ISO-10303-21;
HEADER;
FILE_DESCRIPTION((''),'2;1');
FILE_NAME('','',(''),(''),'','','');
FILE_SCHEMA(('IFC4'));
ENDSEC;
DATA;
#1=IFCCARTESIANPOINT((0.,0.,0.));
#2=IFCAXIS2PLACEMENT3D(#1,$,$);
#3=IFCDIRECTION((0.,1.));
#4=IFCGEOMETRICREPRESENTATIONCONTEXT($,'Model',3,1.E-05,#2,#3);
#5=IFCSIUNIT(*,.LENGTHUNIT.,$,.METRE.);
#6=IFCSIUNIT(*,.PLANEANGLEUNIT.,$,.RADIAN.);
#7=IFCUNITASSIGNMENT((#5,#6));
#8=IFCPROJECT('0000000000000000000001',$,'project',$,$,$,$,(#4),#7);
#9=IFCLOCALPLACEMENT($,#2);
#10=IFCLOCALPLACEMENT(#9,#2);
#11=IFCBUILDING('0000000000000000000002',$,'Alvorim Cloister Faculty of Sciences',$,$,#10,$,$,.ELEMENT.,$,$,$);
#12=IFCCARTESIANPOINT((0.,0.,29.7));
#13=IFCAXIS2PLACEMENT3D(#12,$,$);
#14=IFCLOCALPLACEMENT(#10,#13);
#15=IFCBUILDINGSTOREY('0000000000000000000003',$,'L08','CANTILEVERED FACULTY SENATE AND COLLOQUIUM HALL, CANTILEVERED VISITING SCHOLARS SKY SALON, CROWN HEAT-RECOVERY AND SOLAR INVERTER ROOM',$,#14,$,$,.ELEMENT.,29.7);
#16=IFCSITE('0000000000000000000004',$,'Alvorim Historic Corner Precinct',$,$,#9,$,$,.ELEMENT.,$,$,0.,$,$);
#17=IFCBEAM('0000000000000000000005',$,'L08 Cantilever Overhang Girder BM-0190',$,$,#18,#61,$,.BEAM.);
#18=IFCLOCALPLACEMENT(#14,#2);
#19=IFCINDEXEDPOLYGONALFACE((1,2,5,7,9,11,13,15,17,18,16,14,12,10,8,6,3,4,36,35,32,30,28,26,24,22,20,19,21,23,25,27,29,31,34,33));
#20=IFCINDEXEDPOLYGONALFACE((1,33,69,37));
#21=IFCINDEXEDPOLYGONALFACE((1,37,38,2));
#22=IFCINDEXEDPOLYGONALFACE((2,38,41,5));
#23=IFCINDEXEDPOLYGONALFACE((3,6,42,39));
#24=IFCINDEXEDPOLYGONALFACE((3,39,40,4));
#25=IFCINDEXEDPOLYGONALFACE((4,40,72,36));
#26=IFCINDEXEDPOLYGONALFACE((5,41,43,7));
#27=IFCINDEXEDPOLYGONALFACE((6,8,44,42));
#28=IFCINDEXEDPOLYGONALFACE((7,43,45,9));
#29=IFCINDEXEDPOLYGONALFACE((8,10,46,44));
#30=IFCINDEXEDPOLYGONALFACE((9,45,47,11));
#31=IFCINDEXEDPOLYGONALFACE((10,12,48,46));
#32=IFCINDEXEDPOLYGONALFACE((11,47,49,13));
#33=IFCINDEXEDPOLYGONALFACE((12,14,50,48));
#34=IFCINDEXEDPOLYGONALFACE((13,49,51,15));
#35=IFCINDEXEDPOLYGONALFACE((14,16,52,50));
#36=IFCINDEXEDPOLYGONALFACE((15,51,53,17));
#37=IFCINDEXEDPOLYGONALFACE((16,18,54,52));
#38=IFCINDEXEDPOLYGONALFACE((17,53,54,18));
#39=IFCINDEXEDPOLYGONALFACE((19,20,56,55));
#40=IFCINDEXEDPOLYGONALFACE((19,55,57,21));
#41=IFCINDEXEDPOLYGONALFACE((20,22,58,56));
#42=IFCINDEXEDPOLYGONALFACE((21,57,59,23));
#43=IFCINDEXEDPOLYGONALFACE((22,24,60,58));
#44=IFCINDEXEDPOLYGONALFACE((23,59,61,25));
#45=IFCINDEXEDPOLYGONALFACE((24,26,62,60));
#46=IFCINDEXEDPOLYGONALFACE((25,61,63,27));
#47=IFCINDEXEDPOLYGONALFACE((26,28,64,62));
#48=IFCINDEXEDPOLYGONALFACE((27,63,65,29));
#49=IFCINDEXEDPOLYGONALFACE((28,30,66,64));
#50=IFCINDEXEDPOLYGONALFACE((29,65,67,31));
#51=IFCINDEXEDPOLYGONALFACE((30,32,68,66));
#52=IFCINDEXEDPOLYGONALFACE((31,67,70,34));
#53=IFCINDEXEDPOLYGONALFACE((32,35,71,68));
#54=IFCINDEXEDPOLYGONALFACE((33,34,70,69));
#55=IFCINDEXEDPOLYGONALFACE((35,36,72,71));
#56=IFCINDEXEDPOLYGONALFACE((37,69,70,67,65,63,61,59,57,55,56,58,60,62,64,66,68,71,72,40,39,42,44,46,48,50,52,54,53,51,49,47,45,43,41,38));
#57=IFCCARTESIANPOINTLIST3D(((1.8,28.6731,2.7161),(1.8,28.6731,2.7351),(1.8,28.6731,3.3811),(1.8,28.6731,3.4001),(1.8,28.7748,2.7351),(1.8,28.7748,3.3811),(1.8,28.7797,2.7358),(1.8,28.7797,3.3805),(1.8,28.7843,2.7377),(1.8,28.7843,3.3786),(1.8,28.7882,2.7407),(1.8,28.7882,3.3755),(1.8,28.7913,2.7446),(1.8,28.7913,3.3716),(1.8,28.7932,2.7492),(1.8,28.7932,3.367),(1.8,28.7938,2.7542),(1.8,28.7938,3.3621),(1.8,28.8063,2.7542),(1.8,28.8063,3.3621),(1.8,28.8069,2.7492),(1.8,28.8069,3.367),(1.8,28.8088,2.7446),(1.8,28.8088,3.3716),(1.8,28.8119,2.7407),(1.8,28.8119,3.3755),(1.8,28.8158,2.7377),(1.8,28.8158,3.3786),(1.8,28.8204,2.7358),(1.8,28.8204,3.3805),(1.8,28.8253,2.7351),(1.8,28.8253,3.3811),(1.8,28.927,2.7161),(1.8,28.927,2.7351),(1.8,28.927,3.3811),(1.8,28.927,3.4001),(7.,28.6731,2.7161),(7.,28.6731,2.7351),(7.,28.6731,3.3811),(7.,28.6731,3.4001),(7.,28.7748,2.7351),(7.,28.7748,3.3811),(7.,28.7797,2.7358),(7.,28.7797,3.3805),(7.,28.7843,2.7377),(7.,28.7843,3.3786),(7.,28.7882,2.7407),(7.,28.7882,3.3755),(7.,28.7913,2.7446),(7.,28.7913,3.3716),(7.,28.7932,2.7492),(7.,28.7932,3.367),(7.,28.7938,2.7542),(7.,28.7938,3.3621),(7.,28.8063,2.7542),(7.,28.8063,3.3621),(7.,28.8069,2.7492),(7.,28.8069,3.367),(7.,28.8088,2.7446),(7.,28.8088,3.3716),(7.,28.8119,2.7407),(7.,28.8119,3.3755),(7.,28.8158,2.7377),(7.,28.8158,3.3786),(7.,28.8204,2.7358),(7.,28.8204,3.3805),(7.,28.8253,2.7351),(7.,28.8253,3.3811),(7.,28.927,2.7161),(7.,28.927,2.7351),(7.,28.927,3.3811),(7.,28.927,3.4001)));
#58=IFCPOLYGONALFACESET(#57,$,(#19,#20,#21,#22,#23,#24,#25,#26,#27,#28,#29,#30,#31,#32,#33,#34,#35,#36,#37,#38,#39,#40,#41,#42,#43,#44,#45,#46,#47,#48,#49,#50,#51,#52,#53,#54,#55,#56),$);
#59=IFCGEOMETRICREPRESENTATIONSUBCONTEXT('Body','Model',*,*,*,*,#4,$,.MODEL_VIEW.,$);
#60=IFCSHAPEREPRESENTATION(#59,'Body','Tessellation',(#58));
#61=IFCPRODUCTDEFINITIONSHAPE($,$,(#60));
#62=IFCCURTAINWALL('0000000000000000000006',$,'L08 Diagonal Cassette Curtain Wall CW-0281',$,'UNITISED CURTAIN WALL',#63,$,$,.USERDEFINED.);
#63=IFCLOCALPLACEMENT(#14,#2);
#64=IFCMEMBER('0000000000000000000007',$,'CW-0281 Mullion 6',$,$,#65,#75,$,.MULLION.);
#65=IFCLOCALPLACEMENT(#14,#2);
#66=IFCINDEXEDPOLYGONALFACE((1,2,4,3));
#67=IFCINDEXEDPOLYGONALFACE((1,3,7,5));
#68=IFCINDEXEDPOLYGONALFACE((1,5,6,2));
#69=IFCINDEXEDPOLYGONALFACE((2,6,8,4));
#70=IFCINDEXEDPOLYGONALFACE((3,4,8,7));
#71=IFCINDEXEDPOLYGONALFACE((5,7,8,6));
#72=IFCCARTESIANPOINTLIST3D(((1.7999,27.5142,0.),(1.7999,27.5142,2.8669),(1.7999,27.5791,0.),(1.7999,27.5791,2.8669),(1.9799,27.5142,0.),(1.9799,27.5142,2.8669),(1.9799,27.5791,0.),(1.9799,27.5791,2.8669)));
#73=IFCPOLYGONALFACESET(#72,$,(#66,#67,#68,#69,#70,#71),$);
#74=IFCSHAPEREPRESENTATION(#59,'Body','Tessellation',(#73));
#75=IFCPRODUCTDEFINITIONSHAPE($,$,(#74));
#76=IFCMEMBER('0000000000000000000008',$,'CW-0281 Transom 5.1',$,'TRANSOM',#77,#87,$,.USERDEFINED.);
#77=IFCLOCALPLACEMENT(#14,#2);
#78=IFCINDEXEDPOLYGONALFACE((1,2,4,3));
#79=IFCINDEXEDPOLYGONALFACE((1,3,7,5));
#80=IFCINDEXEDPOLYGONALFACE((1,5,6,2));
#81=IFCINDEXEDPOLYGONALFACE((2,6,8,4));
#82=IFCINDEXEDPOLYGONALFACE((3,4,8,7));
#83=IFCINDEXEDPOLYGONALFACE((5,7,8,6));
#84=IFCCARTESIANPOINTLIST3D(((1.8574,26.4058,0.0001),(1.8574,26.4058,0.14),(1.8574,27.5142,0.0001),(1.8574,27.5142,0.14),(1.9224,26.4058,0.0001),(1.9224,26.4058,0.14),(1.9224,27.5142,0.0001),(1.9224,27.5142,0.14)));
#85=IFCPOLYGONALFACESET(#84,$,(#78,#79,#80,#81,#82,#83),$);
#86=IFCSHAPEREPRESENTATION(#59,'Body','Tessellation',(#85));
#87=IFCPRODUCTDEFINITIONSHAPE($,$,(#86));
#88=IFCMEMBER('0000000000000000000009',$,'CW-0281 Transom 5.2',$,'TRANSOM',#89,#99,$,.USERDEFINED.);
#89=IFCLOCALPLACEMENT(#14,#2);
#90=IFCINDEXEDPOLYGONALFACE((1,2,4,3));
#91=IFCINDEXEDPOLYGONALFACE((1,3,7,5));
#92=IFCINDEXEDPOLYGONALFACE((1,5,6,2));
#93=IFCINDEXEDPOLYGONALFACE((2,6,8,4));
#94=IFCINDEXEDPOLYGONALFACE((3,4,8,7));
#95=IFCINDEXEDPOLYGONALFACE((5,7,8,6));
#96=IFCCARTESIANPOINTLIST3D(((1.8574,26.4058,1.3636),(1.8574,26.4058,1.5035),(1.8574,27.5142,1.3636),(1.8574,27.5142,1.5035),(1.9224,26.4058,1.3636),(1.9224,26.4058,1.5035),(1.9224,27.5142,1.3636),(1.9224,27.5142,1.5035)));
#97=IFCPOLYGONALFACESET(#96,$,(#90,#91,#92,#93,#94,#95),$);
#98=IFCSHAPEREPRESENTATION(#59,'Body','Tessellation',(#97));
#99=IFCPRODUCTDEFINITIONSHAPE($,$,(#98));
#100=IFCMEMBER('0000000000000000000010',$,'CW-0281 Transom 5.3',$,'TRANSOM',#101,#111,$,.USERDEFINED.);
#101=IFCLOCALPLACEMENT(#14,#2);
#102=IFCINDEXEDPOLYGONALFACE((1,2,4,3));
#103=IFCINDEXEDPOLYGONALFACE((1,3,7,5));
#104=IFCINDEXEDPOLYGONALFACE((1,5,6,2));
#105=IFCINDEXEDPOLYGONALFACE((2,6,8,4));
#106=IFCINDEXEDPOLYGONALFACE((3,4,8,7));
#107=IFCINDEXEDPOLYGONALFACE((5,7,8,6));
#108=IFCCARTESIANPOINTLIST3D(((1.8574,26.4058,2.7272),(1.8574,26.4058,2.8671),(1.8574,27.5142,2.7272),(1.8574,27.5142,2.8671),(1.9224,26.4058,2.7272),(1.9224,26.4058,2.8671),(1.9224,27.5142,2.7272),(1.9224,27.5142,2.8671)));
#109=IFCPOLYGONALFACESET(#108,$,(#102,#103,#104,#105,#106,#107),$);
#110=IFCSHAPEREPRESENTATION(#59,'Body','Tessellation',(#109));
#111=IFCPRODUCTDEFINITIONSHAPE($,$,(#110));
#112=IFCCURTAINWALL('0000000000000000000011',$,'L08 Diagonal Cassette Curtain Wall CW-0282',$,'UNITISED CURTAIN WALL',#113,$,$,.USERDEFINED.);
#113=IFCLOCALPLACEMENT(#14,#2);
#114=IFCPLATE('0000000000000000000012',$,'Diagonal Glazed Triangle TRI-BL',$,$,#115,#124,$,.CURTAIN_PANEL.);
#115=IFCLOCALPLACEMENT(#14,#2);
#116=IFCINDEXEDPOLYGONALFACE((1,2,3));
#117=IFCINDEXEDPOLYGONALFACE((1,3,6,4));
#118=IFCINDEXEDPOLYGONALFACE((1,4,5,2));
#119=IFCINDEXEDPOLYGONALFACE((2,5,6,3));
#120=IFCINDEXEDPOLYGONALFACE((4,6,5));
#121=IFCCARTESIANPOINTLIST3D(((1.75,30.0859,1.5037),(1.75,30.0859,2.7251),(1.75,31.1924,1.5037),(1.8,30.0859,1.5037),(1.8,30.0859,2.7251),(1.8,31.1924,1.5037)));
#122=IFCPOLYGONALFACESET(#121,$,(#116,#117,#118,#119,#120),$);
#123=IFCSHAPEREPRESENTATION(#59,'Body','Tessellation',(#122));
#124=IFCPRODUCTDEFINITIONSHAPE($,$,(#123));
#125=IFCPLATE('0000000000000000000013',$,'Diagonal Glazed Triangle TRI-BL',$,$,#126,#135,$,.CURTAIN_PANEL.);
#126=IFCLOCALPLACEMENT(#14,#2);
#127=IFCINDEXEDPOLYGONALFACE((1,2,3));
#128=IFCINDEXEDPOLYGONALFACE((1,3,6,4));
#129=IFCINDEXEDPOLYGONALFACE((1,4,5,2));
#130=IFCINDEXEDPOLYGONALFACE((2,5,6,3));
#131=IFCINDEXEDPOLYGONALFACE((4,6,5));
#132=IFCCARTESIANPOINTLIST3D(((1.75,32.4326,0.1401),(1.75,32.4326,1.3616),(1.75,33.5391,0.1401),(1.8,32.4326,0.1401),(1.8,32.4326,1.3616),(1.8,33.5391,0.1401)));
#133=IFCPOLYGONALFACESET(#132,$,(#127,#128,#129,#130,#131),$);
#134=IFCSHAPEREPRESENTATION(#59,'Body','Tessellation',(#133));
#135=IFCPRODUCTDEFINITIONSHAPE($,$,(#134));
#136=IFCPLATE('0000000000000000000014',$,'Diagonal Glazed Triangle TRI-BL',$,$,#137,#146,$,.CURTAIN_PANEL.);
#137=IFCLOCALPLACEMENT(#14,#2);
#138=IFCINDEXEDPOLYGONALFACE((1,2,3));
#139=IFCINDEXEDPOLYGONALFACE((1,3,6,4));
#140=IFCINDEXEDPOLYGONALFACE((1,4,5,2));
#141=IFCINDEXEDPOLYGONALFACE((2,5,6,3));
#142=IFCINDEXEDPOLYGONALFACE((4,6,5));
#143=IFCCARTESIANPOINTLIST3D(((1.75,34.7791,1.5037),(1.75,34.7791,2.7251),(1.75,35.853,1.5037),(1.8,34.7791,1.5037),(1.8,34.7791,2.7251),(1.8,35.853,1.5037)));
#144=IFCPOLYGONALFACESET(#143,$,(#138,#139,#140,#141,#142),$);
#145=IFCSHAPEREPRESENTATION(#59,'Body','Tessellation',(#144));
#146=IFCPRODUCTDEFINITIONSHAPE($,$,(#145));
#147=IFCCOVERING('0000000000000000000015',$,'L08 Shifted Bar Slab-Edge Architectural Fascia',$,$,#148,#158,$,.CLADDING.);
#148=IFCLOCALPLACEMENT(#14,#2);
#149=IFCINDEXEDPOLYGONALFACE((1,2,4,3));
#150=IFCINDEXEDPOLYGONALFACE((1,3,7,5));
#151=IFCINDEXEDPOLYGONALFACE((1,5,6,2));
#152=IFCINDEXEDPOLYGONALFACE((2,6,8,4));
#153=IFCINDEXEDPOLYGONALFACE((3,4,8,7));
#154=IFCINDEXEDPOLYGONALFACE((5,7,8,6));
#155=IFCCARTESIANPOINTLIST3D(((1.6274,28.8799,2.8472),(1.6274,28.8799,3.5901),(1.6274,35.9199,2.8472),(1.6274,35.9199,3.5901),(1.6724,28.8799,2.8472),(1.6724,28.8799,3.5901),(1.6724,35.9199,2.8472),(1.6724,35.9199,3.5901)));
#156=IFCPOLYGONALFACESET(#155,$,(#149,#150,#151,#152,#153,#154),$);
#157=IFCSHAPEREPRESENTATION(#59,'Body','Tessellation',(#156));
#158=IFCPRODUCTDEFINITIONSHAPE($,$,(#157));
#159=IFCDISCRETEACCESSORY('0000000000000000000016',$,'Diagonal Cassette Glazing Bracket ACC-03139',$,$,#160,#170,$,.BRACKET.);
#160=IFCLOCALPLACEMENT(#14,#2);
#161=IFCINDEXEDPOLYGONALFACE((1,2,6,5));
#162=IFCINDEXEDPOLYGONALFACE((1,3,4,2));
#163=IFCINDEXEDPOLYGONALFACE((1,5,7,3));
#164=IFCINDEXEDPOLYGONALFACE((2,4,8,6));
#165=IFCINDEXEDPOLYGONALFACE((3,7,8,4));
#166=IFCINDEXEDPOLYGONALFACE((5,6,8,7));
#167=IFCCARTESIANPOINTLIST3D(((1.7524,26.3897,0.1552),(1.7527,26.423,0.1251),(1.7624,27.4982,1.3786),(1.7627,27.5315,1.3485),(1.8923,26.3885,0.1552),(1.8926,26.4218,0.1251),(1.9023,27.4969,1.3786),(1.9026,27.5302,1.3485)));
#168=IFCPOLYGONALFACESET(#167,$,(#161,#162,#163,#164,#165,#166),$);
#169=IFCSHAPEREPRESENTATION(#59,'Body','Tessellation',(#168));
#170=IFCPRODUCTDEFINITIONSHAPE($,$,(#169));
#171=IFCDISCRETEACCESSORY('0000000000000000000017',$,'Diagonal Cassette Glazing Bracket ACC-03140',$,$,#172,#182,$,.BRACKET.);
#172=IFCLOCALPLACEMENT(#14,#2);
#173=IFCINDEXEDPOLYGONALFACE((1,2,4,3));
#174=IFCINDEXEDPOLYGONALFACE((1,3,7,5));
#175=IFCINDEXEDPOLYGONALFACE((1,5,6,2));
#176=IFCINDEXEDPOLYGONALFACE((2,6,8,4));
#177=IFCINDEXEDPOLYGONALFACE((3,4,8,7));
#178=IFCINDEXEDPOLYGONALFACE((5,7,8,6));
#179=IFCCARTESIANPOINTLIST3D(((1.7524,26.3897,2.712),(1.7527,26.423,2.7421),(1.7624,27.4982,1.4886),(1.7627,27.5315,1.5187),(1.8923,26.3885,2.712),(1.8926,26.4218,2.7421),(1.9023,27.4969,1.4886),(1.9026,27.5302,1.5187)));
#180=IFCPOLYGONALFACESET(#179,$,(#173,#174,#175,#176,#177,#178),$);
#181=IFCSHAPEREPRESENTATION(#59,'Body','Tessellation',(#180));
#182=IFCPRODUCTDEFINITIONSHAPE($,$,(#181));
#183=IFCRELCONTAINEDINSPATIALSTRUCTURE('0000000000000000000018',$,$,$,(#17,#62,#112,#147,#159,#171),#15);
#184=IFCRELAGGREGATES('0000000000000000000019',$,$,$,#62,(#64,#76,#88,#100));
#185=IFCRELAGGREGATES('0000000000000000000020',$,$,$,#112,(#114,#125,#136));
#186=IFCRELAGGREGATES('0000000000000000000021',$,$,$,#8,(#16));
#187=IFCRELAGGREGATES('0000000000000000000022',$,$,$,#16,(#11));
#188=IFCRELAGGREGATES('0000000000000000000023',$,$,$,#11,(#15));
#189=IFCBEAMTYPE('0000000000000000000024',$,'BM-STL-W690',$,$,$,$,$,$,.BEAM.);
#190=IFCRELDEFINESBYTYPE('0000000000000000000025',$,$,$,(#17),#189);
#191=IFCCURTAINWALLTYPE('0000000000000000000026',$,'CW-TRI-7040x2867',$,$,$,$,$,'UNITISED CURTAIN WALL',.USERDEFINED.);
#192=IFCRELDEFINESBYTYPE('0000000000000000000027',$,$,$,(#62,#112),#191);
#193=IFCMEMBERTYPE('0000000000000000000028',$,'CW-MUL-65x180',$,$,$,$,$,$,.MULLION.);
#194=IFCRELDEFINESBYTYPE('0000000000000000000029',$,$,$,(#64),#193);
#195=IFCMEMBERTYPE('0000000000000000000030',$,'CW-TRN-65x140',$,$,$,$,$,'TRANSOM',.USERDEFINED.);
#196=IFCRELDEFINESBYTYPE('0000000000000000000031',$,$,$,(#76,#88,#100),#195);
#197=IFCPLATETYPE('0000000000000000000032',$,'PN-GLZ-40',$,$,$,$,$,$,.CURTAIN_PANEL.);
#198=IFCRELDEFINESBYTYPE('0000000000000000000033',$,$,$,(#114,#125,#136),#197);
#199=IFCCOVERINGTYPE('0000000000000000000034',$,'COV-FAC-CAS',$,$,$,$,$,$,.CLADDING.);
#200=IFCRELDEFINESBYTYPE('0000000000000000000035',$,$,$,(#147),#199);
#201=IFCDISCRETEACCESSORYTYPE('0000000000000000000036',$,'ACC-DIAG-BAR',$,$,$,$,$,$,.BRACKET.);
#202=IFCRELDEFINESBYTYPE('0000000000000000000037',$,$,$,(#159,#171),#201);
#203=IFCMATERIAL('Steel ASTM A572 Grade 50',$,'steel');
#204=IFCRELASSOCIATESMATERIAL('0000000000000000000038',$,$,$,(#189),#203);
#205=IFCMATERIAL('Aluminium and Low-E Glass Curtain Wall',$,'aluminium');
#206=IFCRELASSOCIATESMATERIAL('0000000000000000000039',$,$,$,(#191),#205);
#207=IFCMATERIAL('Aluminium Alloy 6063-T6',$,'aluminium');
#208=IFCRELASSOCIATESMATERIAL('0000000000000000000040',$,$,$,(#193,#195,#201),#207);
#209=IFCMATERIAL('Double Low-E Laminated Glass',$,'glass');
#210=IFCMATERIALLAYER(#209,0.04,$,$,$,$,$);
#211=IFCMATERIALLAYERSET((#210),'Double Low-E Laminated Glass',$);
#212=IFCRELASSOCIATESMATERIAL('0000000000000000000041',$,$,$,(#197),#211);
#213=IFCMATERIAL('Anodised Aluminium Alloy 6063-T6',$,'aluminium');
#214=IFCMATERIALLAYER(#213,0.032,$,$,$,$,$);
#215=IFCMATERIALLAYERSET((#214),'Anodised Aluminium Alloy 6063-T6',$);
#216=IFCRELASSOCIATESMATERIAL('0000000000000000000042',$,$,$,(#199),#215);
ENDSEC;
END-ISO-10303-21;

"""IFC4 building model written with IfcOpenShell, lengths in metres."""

from ifc_helpers import new_model, si_unit, direction, frame, origin, origin_2d, place, context, subcontext, project, spatial, polyline, rectangle, i_section, outline, extrude, material, layer, layer_set, material_profile, profile_set, type_object, element, aggregate, save


model = new_model("IFC4")

# Units and contexts
model_context = context("Model", 3, precision=1e-05, world=origin(), true_north=direction((0.0, 1.0)))
body_context = subcontext(model_context, "Body", "Model", "MODEL_VIEW")
ifc_project = project(units=[si_unit("LENGTHUNIT", "METRE"), si_unit("PLANEANGLEUNIT", "RADIAN")], contexts=[model_context])

# Site, building, storey
site_placement = place(None, origin())
site = spatial("IfcSite", under=ifc_project, at=site_placement, Name="Alvorim Historic Corner Precinct", CompositionType="ELEMENT", RefElevation=0.0)
building_placement = place(site_placement, origin())
building = spatial("IfcBuilding", under=site, at=building_placement, Name="Alvorim Cloister Faculty of Sciences", CompositionType="ELEMENT")
storey_placement = place(building_placement, frame((0.0, 0.0, 29.7)))
storey = spatial("IfcBuildingStorey", under=building, at=storey_placement, Name="L08", Description="CANTILEVERED FACULTY SENATE AND COLLOQUIUM HALL, CANTILEVERED VISITING SCHOLARS SKY SALON, CROWN HEAT-RECOVERY AND SOLAR INVERTER ROOM", CompositionType="ELEMENT", Elevation=29.7)

# Beam
ifc_material_1 = material(Name="Steel ASTM A572 Grade 50", Category="steel")
ifc_material_profile_1 = material_profile(ifc_material_1, i_section(OverallWidth=0.2539, OverallDepth=0.6841, WebThickness=0.0125, FlangeThickness=0.019, FilletRadius=0.019, at=origin_2d()), Name="W690x140.0")
ifc_profile_set_1 = profile_set([ifc_material_profile_1], Name="Steel ASTM A572 Grade 50")
beam_type = type_object("IfcBeamType", Name="BM-STL-W690", PredefinedType="BEAM", material=ifc_profile_set_1)
beam_placement = place(storey_placement, frame((1.8, 28.8, 3.0581), z_axis=(1.0, 0.0, 0.0), x_axis=(0.0, 1.0, 0.0)))
element("IfcBeam", 1, at=beam_placement, inside=storey, type_object=beam_type, Name="L08 Cantilever Overhang Girder BM-0190", PredefinedType="BEAM", context=body_context, shape_type="SweptSolid", body=[
    extrude(i_section(OverallWidth=0.2539, OverallDepth=0.6841, WebThickness=0.0125, FlangeThickness=0.019, FilletRadius=0.019, at=origin_2d()), origin(), (0.0, 0.0, 1.0), 5.2),
])

# Curtain wall, members
ifc_material_2 = material(Name="Aluminium and Low-E Glass Curtain Wall", Category="aluminium")
curtain_wall_type = type_object("IfcCurtainWallType", Name="CW-TRI-7040x2867", ElementType="UNITISED CURTAIN WALL", PredefinedType="USERDEFINED", material=ifc_material_2)
curtain_wall_1_placement = place(storey_placement, origin())
curtain_wall_1 = element("IfcCurtainWall", 2, at=curtain_wall_1_placement, inside=storey, type_object=curtain_wall_type, Name="L08 Diagonal Cassette Curtain Wall CW-0281", ObjectType="UNITISED CURTAIN WALL", PredefinedType="USERDEFINED")
ifc_material_3 = material(Name="Aluminium Alloy 6063-T6", Category="aluminium")
ifc_material_profile_2 = material_profile(ifc_material_3, rectangle(XDim=0.0649, YDim=0.1799, at=origin_2d()), Name="ALU-MUL-65x180")
ifc_profile_set_2 = profile_set([ifc_material_profile_2], Name="Aluminium Alloy 6063-T6")
member_type_1 = type_object("IfcMemberType", Name="CW-MUL-65x180", PredefinedType="MULLION", material=ifc_profile_set_2)
member_1_placement = place(storey_placement, frame((1.8899, 27.5466, 0.0), z_axis=(0.0, 0.0, 1.0), x_axis=(0.0, 1.0, 0.0)))
member_1 = element("IfcMember", 3, at=member_1_placement, type_object=member_type_1, Name="CW-0281 Mullion 6", PredefinedType="MULLION", context=body_context, shape_type="SweptSolid", body=[
    extrude(rectangle(XDim=0.0649, YDim=0.1799, at=origin_2d()), origin(), (0.0, 0.0, 1.0), 2.8669),
])
ifc_material_profile_3 = material_profile(ifc_material_3, rectangle(XDim=0.0649, YDim=0.1399, at=origin_2d()), Name="ALU-TRN-65x140")
ifc_profile_set_3 = profile_set([ifc_material_profile_3], Name="Aluminium Alloy 6063-T6")
member_type_2 = type_object("IfcMemberType", Name="CW-TRN-65x140", ElementType="TRANSOM", PredefinedType="USERDEFINED", material=ifc_profile_set_3)
member_2_placement = place(storey_placement, frame((1.8899, 26.4058, 0.0701), z_axis=(0.0, 1.0, 0.0), x_axis=(-1.0, 0.0, 0.0)))
member_2 = element("IfcMember", 4, at=member_2_placement, type_object=member_type_2, Name="CW-0281 Transom 5.1", ObjectType="TRANSOM", PredefinedType="USERDEFINED", context=body_context, shape_type="SweptSolid", body=[
    extrude(rectangle(XDim=0.0649, YDim=0.1399, at=origin_2d()), origin(), (0.0, 0.0, 1.0), 1.1084),
])
member_3_placement = place(storey_placement, frame((1.8899, 26.4058, 1.4336), z_axis=(0.0, 1.0, 0.0), x_axis=(-1.0, 0.0, 0.0)))
member_3 = element("IfcMember", 5, at=member_3_placement, type_object=member_type_2, Name="CW-0281 Transom 5.2", ObjectType="TRANSOM", PredefinedType="USERDEFINED", context=body_context, shape_type="SweptSolid", body=[
    extrude(rectangle(XDim=0.0649, YDim=0.1399, at=origin_2d()), origin(), (0.0, 0.0, 1.0), 1.1084),
])
member_4_placement = place(storey_placement, frame((1.8899, 26.4058, 2.7971), z_axis=(0.0, 1.0, 0.0), x_axis=(-1.0, 0.0, 0.0)))
member_4 = element("IfcMember", 6, at=member_4_placement, type_object=member_type_2, Name="CW-0281 Transom 5.3", ObjectType="TRANSOM", PredefinedType="USERDEFINED", context=body_context, shape_type="SweptSolid", body=[
    extrude(rectangle(XDim=0.0649, YDim=0.1399, at=origin_2d()), origin(), (0.0, 0.0, 1.0), 1.1084),
])
ifc_material_4 = material(Name="Double Low-E Laminated Glass", Category="glass")
ifc_layer_1 = layer(ifc_material_4, 0.04)
ifc_layer_set_1 = layer_set([ifc_layer_1], Name="Double Low-E Laminated Glass")
plate_type = type_object("IfcPlateType", Name="PN-GLZ-40", PredefinedType="CURTAIN_PANEL", material=ifc_layer_set_1)
aggregate(curtain_wall_1, [member_1, member_2, member_3, member_4])

# Curtain wall, plates
curtain_wall_2_placement = place(storey_placement, origin())
curtain_wall_2 = element("IfcCurtainWall", 7, at=curtain_wall_2_placement, inside=storey, type_object=curtain_wall_type, Name="L08 Diagonal Cassette Curtain Wall CW-0282", ObjectType="UNITISED CURTAIN WALL", PredefinedType="USERDEFINED")
plate_1_placement = place(storey_placement, frame((1.7749, 30.0859, 1.5037), z_axis=(0.0, 0.0, 1.0), x_axis=(0.0, 1.0, 0.0)))
plate_1 = element("IfcPlate", 8, at=plate_1_placement, type_object=plate_type, Name="Diagonal Glazed Triangle TRI-BL", PredefinedType="CURTAIN_PANEL", context=body_context, shape_type="SweptSolid", body=[
    extrude(outline(polyline([(0.0, 0.0), (1.1064, 0.0), (0.0, 1.2214), (0.0, 0.0)])), frame((0.0, 0.0249, 0.0), z_axis=(0.0, -1.0, 0.0), x_axis=(1.0, 0.0, 0.0)), (0.0, 0.0, 1.0), 0.05),
])
plate_2_placement = place(storey_placement, frame((1.7749, 32.4326, 0.1401), z_axis=(0.0, 0.0, 1.0), x_axis=(0.0, 1.0, 0.0)))
plate_2 = element("IfcPlate", 9, at=plate_2_placement, type_object=plate_type, Name="Diagonal Glazed Triangle TRI-BL", PredefinedType="CURTAIN_PANEL", context=body_context, shape_type="SweptSolid", body=[
    extrude(outline(polyline([(0.0, 0.0), (1.1064, 0.0), (0.0, 1.2214), (0.0, 0.0)])), frame((0.0, 0.0249, 0.0), z_axis=(0.0, -1.0, 0.0), x_axis=(1.0, 0.0, 0.0)), (0.0, 0.0, 1.0), 0.05),
])
plate_3_placement = place(storey_placement, frame((1.7749, 34.7791, 1.5037), z_axis=(0.0, 0.0, 1.0), x_axis=(0.0, 1.0, 0.0)))
plate_3 = element("IfcPlate", 10, at=plate_3_placement, type_object=plate_type, Name="Diagonal Glazed Triangle TRI-BL", PredefinedType="CURTAIN_PANEL", context=body_context, shape_type="SweptSolid", body=[
    extrude(outline(polyline([(0.0, 0.0), (1.074, 0.0), (0.0, 1.2214), (0.0, 0.0)])), frame((0.0, 0.0249, 0.0), z_axis=(0.0, -1.0, 0.0), x_axis=(1.0, 0.0, 0.0)), (0.0, 0.0, 1.0), 0.05),
])
aggregate(curtain_wall_2, [plate_1, plate_2, plate_3])

# Covering
ifc_material_5 = material(Name="Anodised Aluminium Alloy 6063-T6", Category="aluminium")
ifc_layer_2 = layer(ifc_material_5, 0.032)
ifc_layer_set_2 = layer_set([ifc_layer_2], Name="Anodised Aluminium Alloy 6063-T6")
covering_type = type_object("IfcCoveringType", Name="COV-FAC-CAS", PredefinedType="CLADDING", material=ifc_layer_set_2)
covering_placement = place(storey_placement, frame((1.6499, 28.8799, 2.8472), z_axis=(0.0, 0.0, 1.0), x_axis=(0.0, 1.0, 0.0)))
element("IfcCovering", 11, at=covering_placement, inside=storey, type_object=covering_type, Name="L08 Shifted Bar Slab-Edge Architectural Fascia", PredefinedType="CLADDING", context=body_context, shape_type="SweptSolid", body=[
    extrude(outline(polyline([(0.0, 0.0), (7.04, 0.0), (7.04, 0.7429), (0.0, 0.7429), (0.0, 0.0)])), frame((0.0, 0.0225, 0.0), z_axis=(0.0, -1.0, 0.0), x_axis=(1.0, 0.0, 0.0)), (0.0, 0.0, 1.0), 0.0449),
])

# Discrete accessories
discrete_accessory_type = type_object("IfcDiscreteAccessoryType", Name="ACC-DIAG-BAR", PredefinedType="BRACKET", material=ifc_material_3)
for number, where, z_axis, x_axis, name in (
    (12, (1.8225, 26.4058, 0.1401), (0.006063, 0.671408, 0.741063), (-0.999959, 0.00903, 0.0), "Diagonal Cassette Glazing Bracket ACC-03139"),
    (13, (1.8225, 26.4058, 2.7271), (0.006063, 0.671408, -0.741063), (-0.999959, 0.00903, 0.0), "Diagonal Cassette Glazing Bracket ACC-03140"),
):
    element("IfcDiscreteAccessory", number, at=place(storey_placement, frame(where, z_axis=z_axis, x_axis=x_axis)), inside=storey, type_object=discrete_accessory_type, Name=name, PredefinedType="BRACKET", context=body_context, shape_type="SweptSolid", body=[
        extrude(rectangle(XDim=0.1399, YDim=0.0449, at=origin_2d()), origin(), (0.0, 0.0, 1.0), 1.6509),
    ])

save(model, "model.ifc")
